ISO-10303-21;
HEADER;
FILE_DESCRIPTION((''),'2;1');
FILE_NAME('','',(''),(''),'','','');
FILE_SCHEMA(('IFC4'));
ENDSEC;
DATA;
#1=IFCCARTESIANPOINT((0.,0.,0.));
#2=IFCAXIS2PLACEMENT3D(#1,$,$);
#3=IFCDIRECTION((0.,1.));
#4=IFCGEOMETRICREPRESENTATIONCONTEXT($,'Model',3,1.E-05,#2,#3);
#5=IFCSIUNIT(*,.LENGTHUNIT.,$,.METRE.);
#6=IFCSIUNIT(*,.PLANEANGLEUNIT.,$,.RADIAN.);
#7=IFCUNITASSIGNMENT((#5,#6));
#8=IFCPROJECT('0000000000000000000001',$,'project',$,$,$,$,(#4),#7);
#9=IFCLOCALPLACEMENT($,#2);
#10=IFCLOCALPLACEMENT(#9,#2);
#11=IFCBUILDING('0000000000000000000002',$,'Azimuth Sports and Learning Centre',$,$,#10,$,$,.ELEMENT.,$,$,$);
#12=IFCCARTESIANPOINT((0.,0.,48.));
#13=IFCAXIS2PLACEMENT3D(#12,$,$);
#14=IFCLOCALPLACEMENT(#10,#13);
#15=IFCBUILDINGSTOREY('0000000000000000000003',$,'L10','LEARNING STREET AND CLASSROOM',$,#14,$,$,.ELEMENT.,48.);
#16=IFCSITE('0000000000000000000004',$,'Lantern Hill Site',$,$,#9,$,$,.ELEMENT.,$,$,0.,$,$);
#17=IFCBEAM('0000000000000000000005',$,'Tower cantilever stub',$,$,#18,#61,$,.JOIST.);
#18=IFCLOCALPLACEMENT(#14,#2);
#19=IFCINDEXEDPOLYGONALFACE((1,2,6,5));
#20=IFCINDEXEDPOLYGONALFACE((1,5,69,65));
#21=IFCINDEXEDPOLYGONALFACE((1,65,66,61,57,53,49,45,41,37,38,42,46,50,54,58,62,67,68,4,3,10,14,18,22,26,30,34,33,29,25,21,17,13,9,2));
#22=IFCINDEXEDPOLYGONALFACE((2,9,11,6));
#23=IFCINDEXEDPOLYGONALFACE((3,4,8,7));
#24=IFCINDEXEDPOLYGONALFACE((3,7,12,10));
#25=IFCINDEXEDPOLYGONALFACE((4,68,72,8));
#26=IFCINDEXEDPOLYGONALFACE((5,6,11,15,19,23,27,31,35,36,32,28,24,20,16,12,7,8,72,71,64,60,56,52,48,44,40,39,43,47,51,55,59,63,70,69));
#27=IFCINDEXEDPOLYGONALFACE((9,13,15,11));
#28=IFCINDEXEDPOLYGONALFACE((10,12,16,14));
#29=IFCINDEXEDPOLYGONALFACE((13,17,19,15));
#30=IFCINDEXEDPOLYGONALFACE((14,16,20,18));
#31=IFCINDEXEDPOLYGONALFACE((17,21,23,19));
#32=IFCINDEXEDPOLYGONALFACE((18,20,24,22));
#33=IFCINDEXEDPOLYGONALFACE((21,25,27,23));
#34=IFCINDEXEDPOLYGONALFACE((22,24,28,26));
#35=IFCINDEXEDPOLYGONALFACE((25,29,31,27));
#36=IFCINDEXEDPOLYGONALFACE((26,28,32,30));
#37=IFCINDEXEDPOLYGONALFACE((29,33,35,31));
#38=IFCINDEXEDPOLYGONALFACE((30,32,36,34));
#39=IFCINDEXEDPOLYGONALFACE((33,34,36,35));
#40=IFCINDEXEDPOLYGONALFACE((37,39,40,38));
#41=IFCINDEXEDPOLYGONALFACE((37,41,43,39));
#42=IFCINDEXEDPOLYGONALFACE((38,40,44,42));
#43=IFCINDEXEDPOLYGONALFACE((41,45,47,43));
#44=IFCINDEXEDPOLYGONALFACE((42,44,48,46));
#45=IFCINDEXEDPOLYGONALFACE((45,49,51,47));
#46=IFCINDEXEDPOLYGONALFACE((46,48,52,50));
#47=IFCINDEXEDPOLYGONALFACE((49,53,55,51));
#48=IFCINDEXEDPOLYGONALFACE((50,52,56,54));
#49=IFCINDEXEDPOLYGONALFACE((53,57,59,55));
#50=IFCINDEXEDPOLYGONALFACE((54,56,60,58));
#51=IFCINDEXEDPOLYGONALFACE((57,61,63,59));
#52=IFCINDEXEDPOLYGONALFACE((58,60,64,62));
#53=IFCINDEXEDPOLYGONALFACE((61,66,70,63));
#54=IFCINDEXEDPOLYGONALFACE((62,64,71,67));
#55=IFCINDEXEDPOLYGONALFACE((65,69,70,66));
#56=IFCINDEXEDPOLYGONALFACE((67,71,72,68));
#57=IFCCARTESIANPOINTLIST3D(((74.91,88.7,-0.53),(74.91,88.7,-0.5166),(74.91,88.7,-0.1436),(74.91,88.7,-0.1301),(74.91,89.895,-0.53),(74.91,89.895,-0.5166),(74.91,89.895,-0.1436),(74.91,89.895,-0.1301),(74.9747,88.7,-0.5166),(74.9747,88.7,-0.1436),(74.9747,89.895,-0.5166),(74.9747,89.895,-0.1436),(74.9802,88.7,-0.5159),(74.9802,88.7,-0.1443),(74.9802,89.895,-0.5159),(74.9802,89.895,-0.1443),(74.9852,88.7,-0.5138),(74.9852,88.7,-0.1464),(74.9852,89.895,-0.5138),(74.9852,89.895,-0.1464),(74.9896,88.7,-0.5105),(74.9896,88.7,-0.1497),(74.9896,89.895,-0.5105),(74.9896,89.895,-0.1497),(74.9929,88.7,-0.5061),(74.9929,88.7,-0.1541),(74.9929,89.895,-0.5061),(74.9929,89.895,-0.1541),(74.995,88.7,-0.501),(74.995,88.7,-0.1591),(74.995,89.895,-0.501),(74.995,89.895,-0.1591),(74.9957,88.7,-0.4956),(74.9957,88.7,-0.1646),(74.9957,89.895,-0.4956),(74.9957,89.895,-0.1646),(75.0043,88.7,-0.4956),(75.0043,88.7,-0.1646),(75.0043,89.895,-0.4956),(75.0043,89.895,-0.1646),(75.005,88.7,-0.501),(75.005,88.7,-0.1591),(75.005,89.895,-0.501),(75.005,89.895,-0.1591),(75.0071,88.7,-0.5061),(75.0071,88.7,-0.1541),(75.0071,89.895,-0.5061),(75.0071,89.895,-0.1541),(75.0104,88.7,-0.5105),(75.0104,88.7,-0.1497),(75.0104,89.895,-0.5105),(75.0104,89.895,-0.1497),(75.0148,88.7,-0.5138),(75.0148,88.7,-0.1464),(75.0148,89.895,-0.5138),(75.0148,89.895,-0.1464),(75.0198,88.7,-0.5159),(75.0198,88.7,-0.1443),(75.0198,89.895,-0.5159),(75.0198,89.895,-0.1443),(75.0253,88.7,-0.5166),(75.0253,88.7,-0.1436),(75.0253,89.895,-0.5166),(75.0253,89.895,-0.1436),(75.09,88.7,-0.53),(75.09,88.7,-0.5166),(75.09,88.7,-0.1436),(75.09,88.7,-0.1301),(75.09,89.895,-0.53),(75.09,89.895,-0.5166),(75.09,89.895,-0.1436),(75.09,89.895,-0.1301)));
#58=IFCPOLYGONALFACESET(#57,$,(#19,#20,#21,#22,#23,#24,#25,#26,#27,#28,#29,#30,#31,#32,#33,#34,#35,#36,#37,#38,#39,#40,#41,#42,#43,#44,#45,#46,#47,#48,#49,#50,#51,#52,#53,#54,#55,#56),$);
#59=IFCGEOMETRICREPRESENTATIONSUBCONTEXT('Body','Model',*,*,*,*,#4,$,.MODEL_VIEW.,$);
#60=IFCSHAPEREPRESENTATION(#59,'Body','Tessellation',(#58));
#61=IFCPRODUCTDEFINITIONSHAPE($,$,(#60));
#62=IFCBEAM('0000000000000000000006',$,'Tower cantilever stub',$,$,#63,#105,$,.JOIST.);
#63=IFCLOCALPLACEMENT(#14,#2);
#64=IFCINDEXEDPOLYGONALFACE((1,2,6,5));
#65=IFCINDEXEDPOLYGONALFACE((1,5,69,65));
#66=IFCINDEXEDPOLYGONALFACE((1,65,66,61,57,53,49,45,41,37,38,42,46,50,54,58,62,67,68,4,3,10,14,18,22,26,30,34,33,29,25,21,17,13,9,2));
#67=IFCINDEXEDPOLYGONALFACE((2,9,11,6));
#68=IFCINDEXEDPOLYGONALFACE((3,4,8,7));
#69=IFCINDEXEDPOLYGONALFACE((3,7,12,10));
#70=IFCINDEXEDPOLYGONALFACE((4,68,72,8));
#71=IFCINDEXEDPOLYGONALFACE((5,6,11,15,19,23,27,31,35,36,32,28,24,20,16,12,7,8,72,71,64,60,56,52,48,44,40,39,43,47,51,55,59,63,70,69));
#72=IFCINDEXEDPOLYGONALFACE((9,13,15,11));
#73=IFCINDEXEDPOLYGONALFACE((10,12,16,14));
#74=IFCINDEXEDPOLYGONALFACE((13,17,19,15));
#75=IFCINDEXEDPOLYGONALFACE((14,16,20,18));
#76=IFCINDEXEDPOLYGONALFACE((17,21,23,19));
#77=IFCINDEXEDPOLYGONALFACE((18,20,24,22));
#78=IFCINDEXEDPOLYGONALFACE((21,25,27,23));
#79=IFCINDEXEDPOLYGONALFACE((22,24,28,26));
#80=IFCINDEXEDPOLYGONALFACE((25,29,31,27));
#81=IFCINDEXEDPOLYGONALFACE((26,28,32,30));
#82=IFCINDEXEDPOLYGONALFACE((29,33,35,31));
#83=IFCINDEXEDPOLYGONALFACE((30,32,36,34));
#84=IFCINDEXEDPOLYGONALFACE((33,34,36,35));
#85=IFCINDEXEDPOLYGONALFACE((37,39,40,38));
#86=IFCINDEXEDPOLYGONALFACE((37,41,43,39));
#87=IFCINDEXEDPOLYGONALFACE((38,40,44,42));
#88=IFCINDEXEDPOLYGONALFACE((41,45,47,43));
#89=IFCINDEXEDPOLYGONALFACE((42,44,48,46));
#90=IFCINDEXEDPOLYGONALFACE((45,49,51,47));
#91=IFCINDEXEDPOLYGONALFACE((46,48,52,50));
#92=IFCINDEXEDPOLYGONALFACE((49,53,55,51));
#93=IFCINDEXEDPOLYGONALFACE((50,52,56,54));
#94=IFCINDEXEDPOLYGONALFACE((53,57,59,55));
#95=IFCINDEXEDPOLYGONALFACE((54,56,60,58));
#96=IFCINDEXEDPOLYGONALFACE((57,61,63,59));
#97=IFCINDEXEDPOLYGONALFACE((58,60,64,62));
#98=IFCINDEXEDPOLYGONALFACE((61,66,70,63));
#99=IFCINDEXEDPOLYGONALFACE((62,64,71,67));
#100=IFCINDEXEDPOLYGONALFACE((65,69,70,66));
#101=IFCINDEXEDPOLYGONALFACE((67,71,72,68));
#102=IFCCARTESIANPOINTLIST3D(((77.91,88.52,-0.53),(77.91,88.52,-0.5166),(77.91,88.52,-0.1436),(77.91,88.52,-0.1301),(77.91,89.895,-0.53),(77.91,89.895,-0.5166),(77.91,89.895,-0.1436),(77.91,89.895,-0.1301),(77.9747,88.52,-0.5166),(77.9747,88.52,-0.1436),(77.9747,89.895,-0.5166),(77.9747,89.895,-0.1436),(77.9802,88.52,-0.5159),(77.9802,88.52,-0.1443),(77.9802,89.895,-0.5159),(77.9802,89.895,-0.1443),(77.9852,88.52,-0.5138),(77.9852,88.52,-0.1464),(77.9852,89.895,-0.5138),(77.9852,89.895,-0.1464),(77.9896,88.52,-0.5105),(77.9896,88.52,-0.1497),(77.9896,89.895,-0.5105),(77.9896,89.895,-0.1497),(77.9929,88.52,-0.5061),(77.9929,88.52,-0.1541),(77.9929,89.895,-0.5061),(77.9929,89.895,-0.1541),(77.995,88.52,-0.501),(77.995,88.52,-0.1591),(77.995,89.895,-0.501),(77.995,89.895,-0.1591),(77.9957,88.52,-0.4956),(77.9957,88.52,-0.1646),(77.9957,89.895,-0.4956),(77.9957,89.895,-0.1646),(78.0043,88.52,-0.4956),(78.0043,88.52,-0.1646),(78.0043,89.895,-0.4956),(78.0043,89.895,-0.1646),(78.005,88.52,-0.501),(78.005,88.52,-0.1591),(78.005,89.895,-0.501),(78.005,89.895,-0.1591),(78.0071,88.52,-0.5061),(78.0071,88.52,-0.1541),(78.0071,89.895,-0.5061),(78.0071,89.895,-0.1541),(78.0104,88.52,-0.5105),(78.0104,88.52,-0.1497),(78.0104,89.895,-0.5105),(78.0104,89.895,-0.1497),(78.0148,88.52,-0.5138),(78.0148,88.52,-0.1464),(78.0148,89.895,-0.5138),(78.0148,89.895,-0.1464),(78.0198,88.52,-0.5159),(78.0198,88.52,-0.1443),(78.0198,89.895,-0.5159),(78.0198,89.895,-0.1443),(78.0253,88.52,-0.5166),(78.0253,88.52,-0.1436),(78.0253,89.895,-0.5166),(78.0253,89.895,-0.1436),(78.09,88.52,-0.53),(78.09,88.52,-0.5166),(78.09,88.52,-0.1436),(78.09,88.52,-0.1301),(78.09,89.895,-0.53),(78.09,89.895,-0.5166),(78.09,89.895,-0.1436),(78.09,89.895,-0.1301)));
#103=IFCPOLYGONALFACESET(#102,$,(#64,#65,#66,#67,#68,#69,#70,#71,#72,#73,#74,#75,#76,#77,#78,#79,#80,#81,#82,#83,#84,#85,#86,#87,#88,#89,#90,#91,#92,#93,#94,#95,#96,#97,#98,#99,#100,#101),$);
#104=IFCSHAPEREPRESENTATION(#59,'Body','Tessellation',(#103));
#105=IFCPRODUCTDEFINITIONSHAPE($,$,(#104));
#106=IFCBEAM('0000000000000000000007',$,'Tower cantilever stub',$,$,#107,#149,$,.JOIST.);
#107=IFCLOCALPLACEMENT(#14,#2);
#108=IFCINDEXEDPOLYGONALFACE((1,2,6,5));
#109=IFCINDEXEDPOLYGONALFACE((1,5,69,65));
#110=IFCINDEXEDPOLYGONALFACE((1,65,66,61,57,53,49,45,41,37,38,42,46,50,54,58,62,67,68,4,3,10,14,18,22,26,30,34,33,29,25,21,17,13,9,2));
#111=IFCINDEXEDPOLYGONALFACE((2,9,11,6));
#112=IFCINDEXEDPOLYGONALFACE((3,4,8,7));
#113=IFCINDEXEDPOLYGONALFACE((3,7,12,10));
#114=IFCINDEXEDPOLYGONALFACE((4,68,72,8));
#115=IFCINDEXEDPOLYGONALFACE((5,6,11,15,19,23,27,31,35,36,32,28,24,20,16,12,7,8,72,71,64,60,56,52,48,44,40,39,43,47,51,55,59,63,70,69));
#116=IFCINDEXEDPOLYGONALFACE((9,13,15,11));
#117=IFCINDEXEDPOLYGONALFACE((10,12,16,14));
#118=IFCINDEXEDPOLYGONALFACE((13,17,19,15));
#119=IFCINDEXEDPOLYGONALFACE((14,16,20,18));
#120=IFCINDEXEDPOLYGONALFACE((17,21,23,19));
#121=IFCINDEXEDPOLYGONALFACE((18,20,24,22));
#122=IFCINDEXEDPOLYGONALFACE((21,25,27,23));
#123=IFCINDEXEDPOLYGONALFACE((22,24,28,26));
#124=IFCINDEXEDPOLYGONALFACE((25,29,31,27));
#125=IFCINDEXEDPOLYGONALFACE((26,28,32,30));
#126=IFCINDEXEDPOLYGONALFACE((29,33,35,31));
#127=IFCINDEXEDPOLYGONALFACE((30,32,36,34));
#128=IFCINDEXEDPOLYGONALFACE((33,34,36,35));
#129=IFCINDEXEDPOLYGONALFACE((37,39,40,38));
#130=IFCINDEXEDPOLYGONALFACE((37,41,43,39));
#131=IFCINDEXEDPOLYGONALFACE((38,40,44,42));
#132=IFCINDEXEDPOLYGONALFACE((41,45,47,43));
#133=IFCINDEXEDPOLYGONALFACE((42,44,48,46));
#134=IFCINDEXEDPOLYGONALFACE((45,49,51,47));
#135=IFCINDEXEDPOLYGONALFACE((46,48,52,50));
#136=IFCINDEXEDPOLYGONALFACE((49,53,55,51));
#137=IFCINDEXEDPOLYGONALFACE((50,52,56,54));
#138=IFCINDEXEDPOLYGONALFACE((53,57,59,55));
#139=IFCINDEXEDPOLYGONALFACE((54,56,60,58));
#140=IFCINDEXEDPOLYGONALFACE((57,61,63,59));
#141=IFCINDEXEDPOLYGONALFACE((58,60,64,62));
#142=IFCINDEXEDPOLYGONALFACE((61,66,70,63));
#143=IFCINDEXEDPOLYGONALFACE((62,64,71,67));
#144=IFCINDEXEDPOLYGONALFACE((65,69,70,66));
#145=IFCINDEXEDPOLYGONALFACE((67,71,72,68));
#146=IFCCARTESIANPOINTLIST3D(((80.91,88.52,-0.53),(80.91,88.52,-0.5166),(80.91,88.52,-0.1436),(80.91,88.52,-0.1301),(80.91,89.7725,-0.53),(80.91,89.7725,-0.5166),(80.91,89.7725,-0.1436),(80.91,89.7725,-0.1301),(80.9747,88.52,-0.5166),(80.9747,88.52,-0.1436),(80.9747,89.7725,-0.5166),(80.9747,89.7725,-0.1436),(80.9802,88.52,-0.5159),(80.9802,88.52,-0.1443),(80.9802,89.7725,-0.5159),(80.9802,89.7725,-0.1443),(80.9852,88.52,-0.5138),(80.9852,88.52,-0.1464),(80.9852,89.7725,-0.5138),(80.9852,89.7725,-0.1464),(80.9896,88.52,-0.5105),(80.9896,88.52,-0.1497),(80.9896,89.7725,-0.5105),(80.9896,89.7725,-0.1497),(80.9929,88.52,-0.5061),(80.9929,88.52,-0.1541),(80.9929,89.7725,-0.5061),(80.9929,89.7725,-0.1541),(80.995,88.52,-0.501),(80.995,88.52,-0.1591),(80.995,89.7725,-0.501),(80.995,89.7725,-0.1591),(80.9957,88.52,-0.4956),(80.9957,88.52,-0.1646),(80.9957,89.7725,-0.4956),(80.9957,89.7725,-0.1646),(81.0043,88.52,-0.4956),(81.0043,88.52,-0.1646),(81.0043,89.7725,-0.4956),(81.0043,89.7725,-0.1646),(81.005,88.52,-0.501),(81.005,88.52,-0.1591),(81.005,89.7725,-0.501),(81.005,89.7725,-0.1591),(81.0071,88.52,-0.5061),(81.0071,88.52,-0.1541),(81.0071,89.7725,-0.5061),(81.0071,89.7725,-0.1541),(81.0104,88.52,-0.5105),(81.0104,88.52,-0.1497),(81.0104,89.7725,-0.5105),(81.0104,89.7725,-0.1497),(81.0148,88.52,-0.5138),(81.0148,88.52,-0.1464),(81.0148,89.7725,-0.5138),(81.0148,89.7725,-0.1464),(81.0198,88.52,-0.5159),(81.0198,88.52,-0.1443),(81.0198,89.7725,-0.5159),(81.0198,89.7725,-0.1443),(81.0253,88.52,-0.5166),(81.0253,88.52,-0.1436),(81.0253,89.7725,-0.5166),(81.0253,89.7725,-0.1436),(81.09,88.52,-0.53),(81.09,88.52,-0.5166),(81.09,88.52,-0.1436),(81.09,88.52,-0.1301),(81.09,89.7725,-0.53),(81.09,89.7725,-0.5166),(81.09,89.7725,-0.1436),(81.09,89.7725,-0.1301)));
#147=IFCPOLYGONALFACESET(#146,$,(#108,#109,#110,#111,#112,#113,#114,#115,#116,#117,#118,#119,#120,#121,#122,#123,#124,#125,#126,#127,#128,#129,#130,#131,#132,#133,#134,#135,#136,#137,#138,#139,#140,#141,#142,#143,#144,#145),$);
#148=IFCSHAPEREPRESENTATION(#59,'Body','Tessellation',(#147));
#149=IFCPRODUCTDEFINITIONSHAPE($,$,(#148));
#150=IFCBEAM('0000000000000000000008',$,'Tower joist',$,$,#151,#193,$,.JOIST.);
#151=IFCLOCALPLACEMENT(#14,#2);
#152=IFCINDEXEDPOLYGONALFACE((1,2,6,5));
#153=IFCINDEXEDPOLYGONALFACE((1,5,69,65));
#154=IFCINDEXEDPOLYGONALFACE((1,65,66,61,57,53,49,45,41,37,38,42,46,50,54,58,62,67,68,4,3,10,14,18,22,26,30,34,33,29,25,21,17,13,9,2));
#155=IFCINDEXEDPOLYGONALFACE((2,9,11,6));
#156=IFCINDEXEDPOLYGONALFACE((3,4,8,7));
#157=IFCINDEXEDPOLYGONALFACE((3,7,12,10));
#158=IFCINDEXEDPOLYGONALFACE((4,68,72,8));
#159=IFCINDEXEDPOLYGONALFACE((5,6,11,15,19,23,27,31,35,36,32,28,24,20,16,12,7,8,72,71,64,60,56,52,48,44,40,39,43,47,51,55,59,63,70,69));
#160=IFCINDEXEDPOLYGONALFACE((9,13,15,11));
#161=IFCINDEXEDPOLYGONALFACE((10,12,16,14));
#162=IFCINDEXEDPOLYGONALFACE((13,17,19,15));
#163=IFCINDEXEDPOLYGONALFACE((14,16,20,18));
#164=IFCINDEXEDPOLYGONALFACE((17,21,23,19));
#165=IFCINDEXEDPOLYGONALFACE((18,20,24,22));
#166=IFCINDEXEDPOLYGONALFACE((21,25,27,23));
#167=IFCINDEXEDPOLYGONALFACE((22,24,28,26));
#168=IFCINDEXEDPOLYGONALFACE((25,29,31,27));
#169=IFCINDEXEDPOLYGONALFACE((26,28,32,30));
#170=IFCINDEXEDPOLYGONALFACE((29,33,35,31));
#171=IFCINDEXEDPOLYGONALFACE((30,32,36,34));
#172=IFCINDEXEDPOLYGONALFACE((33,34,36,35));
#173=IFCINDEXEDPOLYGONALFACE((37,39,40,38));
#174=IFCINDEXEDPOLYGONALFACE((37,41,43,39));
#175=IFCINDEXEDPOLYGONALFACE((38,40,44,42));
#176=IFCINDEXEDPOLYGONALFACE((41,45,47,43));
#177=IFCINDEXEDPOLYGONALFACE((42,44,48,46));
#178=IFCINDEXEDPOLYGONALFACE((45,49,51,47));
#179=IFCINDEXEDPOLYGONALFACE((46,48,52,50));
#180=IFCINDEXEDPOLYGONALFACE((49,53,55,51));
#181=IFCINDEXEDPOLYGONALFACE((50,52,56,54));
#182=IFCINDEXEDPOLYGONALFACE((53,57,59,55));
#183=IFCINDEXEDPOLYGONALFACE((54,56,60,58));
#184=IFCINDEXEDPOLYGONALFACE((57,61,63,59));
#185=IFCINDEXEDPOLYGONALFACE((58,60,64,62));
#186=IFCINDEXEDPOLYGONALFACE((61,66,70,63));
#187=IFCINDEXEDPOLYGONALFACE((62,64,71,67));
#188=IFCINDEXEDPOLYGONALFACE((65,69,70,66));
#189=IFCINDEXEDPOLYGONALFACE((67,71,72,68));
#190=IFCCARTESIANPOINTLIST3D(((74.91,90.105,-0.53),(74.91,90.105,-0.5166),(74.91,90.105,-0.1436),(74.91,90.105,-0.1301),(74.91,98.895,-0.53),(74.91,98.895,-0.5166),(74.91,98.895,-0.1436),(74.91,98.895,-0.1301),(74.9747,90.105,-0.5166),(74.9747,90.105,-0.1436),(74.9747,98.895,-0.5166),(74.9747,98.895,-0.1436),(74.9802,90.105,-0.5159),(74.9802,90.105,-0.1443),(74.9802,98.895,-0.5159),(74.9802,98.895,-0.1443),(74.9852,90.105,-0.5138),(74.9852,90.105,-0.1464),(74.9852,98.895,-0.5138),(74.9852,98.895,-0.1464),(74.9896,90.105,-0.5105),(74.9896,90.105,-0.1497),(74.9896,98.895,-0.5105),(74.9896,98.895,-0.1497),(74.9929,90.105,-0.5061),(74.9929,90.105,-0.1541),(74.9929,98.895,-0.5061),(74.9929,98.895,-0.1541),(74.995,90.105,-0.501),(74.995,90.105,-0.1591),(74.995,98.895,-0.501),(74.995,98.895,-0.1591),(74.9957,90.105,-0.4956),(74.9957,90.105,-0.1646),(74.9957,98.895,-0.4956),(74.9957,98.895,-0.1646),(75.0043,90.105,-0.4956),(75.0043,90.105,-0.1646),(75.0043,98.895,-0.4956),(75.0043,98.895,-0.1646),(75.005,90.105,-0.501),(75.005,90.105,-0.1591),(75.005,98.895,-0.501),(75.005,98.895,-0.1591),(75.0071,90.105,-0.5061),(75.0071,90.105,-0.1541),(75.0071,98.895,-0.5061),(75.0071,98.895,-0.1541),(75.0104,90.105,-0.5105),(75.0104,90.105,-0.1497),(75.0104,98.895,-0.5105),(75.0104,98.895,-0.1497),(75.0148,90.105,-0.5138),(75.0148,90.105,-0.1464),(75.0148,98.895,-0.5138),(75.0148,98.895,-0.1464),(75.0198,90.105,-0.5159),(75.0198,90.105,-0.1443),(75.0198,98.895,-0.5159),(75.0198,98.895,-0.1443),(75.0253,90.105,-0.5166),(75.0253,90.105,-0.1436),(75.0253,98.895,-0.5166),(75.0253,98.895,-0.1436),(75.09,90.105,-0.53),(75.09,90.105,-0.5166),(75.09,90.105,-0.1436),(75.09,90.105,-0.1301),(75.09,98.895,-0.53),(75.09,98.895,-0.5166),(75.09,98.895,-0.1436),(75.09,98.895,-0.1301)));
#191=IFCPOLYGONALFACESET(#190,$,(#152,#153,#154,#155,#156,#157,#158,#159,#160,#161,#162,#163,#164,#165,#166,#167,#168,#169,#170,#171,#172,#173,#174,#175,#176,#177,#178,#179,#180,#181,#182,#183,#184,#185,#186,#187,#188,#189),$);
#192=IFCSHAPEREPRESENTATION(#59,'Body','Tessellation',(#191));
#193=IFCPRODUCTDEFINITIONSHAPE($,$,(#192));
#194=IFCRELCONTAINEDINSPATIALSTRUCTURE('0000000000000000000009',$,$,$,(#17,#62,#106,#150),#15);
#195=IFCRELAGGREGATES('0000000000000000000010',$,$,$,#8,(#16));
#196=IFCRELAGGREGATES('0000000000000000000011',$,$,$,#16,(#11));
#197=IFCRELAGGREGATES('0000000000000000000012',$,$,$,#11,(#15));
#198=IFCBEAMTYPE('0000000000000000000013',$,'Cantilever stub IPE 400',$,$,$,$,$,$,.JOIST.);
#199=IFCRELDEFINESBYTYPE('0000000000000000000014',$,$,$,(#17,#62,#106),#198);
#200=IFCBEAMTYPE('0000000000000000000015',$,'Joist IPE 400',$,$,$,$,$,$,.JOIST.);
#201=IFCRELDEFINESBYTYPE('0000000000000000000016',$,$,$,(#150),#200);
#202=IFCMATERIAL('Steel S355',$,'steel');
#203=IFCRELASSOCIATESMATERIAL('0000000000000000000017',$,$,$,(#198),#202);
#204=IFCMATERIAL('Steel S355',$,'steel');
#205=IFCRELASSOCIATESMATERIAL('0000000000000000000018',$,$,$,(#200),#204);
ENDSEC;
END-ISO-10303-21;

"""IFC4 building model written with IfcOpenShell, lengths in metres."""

from ifc_helpers import new_model, si_unit, direction, frame, origin, origin_2d, place, context, subcontext, project, spatial, i_section, extrude, material, material_profile, profile_set, type_object, element, save


model = new_model("IFC4")

# Units and contexts
model_context = context("Model", 3, precision=1e-05, world=origin(), true_north=direction((0.0, 1.0)))
body_context = subcontext(model_context, "Body", "Model", "MODEL_VIEW")
ifc_project = project(units=[si_unit("LENGTHUNIT", "METRE"), si_unit("PLANEANGLEUNIT", "RADIAN")], contexts=[model_context])

# Site, building, storey
site_placement = place(None, origin())
site = spatial("IfcSite", under=ifc_project, at=site_placement, Name="Lantern Hill Site", CompositionType="ELEMENT", RefElevation=0.0)
building_placement = place(site_placement, origin())
building = spatial("IfcBuilding", under=site, at=building_placement, Name="Azimuth Sports and Learning Centre", CompositionType="ELEMENT")
storey_placement = place(building_placement, frame((0.0, 0.0, 48.0)))
storey = spatial("IfcBuildingStorey", under=building, at=storey_placement, Name="L10", Description="LEARNING STREET AND CLASSROOM", CompositionType="ELEMENT", Elevation=48.0)

# Beams
ifc_material_1 = material(Name="Steel S355", Category="steel")
ifc_material_profile_1 = material_profile(ifc_material_1, i_section(OverallWidth=0.1799, OverallDepth=0.3999, WebThickness=0.0085, FlangeThickness=0.0134, FilletRadius=0.021, at=origin_2d()), Name="IPE 400")
ifc_profile_set_1 = profile_set([ifc_material_profile_1], Name="Steel S355")
beam_type_1 = type_object("IfcBeamType", Name="Cantilever stub IPE 400", PredefinedType="JOIST", material=ifc_profile_set_1)
beam_1_placement = place(storey_placement, frame((75.0, 89.895, -0.3301), z_axis=(0.0, -1.0, 0.0), x_axis=(1.0, 0.0, 0.0)))
element("IfcBeam", 1, at=beam_1_placement, inside=storey, type_object=beam_type_1, Name="Tower cantilever stub", PredefinedType="JOIST", context=body_context, shape_type="SweptSolid", body=[
    extrude(i_section(OverallWidth=0.1799, OverallDepth=0.3999, WebThickness=0.0085, FlangeThickness=0.0134, FilletRadius=0.021, at=origin_2d()), origin(), (0.0, 0.0, 1.0), 1.1951),
])
beam_2_placement = place(storey_placement, frame((78.0, 89.895, -0.3301), z_axis=(0.0, -1.0, 0.0), x_axis=(1.0, 0.0, 0.0)))
element("IfcBeam", 2, at=beam_2_placement, inside=storey, type_object=beam_type_1, Name="Tower cantilever stub", PredefinedType="JOIST", context=body_context, shape_type="SweptSolid", body=[
    extrude(i_section(OverallWidth=0.1799, OverallDepth=0.3999, WebThickness=0.0085, FlangeThickness=0.0134, FilletRadius=0.021, at=origin_2d()), origin(), (0.0, 0.0, 1.0), 1.375),
])
beam_3_placement = place(storey_placement, frame((81.0, 89.7725, -0.3301), z_axis=(0.0, -1.0, 0.0), x_axis=(1.0, 0.0, 0.0)))
element("IfcBeam", 3, at=beam_3_placement, inside=storey, type_object=beam_type_1, Name="Tower cantilever stub", PredefinedType="JOIST", context=body_context, shape_type="SweptSolid", body=[
    extrude(i_section(OverallWidth=0.1799, OverallDepth=0.3999, WebThickness=0.0085, FlangeThickness=0.0134, FilletRadius=0.021, at=origin_2d()), origin(), (0.0, 0.0, 1.0), 1.2524),
])
ifc_material_2 = material(Name="Steel S355", Category="steel")
ifc_material_profile_2 = material_profile(ifc_material_2, i_section(OverallWidth=0.1799, OverallDepth=0.3999, WebThickness=0.0085, FlangeThickness=0.0134, FilletRadius=0.021, at=origin_2d()), Name="IPE 400")
ifc_profile_set_2 = profile_set([ifc_material_profile_2], Name="Steel S355")
beam_type_2 = type_object("IfcBeamType", Name="Joist IPE 400", PredefinedType="JOIST", material=ifc_profile_set_2)
for number, where, z_axis, x_axis, name in (
    (4, (75.0, 90.105, -0.3301), (0.0, 1.0, 0.0), (-1.0, 0.0, 0.0), "Tower joist"),
):
    element("IfcBeam", number, at=place(storey_placement, frame(where, z_axis=z_axis, x_axis=x_axis)), inside=storey, type_object=beam_type_2, Name=name, PredefinedType="JOIST", context=body_context, shape_type="SweptSolid", body=[
        extrude(i_section(OverallWidth=0.1799, OverallDepth=0.3999, WebThickness=0.0085, FlangeThickness=0.0134, FilletRadius=0.021, at=origin_2d()), origin(), (0.0, 0.0, 1.0), 8.79),
    ])

save(model, "model.ifc")
